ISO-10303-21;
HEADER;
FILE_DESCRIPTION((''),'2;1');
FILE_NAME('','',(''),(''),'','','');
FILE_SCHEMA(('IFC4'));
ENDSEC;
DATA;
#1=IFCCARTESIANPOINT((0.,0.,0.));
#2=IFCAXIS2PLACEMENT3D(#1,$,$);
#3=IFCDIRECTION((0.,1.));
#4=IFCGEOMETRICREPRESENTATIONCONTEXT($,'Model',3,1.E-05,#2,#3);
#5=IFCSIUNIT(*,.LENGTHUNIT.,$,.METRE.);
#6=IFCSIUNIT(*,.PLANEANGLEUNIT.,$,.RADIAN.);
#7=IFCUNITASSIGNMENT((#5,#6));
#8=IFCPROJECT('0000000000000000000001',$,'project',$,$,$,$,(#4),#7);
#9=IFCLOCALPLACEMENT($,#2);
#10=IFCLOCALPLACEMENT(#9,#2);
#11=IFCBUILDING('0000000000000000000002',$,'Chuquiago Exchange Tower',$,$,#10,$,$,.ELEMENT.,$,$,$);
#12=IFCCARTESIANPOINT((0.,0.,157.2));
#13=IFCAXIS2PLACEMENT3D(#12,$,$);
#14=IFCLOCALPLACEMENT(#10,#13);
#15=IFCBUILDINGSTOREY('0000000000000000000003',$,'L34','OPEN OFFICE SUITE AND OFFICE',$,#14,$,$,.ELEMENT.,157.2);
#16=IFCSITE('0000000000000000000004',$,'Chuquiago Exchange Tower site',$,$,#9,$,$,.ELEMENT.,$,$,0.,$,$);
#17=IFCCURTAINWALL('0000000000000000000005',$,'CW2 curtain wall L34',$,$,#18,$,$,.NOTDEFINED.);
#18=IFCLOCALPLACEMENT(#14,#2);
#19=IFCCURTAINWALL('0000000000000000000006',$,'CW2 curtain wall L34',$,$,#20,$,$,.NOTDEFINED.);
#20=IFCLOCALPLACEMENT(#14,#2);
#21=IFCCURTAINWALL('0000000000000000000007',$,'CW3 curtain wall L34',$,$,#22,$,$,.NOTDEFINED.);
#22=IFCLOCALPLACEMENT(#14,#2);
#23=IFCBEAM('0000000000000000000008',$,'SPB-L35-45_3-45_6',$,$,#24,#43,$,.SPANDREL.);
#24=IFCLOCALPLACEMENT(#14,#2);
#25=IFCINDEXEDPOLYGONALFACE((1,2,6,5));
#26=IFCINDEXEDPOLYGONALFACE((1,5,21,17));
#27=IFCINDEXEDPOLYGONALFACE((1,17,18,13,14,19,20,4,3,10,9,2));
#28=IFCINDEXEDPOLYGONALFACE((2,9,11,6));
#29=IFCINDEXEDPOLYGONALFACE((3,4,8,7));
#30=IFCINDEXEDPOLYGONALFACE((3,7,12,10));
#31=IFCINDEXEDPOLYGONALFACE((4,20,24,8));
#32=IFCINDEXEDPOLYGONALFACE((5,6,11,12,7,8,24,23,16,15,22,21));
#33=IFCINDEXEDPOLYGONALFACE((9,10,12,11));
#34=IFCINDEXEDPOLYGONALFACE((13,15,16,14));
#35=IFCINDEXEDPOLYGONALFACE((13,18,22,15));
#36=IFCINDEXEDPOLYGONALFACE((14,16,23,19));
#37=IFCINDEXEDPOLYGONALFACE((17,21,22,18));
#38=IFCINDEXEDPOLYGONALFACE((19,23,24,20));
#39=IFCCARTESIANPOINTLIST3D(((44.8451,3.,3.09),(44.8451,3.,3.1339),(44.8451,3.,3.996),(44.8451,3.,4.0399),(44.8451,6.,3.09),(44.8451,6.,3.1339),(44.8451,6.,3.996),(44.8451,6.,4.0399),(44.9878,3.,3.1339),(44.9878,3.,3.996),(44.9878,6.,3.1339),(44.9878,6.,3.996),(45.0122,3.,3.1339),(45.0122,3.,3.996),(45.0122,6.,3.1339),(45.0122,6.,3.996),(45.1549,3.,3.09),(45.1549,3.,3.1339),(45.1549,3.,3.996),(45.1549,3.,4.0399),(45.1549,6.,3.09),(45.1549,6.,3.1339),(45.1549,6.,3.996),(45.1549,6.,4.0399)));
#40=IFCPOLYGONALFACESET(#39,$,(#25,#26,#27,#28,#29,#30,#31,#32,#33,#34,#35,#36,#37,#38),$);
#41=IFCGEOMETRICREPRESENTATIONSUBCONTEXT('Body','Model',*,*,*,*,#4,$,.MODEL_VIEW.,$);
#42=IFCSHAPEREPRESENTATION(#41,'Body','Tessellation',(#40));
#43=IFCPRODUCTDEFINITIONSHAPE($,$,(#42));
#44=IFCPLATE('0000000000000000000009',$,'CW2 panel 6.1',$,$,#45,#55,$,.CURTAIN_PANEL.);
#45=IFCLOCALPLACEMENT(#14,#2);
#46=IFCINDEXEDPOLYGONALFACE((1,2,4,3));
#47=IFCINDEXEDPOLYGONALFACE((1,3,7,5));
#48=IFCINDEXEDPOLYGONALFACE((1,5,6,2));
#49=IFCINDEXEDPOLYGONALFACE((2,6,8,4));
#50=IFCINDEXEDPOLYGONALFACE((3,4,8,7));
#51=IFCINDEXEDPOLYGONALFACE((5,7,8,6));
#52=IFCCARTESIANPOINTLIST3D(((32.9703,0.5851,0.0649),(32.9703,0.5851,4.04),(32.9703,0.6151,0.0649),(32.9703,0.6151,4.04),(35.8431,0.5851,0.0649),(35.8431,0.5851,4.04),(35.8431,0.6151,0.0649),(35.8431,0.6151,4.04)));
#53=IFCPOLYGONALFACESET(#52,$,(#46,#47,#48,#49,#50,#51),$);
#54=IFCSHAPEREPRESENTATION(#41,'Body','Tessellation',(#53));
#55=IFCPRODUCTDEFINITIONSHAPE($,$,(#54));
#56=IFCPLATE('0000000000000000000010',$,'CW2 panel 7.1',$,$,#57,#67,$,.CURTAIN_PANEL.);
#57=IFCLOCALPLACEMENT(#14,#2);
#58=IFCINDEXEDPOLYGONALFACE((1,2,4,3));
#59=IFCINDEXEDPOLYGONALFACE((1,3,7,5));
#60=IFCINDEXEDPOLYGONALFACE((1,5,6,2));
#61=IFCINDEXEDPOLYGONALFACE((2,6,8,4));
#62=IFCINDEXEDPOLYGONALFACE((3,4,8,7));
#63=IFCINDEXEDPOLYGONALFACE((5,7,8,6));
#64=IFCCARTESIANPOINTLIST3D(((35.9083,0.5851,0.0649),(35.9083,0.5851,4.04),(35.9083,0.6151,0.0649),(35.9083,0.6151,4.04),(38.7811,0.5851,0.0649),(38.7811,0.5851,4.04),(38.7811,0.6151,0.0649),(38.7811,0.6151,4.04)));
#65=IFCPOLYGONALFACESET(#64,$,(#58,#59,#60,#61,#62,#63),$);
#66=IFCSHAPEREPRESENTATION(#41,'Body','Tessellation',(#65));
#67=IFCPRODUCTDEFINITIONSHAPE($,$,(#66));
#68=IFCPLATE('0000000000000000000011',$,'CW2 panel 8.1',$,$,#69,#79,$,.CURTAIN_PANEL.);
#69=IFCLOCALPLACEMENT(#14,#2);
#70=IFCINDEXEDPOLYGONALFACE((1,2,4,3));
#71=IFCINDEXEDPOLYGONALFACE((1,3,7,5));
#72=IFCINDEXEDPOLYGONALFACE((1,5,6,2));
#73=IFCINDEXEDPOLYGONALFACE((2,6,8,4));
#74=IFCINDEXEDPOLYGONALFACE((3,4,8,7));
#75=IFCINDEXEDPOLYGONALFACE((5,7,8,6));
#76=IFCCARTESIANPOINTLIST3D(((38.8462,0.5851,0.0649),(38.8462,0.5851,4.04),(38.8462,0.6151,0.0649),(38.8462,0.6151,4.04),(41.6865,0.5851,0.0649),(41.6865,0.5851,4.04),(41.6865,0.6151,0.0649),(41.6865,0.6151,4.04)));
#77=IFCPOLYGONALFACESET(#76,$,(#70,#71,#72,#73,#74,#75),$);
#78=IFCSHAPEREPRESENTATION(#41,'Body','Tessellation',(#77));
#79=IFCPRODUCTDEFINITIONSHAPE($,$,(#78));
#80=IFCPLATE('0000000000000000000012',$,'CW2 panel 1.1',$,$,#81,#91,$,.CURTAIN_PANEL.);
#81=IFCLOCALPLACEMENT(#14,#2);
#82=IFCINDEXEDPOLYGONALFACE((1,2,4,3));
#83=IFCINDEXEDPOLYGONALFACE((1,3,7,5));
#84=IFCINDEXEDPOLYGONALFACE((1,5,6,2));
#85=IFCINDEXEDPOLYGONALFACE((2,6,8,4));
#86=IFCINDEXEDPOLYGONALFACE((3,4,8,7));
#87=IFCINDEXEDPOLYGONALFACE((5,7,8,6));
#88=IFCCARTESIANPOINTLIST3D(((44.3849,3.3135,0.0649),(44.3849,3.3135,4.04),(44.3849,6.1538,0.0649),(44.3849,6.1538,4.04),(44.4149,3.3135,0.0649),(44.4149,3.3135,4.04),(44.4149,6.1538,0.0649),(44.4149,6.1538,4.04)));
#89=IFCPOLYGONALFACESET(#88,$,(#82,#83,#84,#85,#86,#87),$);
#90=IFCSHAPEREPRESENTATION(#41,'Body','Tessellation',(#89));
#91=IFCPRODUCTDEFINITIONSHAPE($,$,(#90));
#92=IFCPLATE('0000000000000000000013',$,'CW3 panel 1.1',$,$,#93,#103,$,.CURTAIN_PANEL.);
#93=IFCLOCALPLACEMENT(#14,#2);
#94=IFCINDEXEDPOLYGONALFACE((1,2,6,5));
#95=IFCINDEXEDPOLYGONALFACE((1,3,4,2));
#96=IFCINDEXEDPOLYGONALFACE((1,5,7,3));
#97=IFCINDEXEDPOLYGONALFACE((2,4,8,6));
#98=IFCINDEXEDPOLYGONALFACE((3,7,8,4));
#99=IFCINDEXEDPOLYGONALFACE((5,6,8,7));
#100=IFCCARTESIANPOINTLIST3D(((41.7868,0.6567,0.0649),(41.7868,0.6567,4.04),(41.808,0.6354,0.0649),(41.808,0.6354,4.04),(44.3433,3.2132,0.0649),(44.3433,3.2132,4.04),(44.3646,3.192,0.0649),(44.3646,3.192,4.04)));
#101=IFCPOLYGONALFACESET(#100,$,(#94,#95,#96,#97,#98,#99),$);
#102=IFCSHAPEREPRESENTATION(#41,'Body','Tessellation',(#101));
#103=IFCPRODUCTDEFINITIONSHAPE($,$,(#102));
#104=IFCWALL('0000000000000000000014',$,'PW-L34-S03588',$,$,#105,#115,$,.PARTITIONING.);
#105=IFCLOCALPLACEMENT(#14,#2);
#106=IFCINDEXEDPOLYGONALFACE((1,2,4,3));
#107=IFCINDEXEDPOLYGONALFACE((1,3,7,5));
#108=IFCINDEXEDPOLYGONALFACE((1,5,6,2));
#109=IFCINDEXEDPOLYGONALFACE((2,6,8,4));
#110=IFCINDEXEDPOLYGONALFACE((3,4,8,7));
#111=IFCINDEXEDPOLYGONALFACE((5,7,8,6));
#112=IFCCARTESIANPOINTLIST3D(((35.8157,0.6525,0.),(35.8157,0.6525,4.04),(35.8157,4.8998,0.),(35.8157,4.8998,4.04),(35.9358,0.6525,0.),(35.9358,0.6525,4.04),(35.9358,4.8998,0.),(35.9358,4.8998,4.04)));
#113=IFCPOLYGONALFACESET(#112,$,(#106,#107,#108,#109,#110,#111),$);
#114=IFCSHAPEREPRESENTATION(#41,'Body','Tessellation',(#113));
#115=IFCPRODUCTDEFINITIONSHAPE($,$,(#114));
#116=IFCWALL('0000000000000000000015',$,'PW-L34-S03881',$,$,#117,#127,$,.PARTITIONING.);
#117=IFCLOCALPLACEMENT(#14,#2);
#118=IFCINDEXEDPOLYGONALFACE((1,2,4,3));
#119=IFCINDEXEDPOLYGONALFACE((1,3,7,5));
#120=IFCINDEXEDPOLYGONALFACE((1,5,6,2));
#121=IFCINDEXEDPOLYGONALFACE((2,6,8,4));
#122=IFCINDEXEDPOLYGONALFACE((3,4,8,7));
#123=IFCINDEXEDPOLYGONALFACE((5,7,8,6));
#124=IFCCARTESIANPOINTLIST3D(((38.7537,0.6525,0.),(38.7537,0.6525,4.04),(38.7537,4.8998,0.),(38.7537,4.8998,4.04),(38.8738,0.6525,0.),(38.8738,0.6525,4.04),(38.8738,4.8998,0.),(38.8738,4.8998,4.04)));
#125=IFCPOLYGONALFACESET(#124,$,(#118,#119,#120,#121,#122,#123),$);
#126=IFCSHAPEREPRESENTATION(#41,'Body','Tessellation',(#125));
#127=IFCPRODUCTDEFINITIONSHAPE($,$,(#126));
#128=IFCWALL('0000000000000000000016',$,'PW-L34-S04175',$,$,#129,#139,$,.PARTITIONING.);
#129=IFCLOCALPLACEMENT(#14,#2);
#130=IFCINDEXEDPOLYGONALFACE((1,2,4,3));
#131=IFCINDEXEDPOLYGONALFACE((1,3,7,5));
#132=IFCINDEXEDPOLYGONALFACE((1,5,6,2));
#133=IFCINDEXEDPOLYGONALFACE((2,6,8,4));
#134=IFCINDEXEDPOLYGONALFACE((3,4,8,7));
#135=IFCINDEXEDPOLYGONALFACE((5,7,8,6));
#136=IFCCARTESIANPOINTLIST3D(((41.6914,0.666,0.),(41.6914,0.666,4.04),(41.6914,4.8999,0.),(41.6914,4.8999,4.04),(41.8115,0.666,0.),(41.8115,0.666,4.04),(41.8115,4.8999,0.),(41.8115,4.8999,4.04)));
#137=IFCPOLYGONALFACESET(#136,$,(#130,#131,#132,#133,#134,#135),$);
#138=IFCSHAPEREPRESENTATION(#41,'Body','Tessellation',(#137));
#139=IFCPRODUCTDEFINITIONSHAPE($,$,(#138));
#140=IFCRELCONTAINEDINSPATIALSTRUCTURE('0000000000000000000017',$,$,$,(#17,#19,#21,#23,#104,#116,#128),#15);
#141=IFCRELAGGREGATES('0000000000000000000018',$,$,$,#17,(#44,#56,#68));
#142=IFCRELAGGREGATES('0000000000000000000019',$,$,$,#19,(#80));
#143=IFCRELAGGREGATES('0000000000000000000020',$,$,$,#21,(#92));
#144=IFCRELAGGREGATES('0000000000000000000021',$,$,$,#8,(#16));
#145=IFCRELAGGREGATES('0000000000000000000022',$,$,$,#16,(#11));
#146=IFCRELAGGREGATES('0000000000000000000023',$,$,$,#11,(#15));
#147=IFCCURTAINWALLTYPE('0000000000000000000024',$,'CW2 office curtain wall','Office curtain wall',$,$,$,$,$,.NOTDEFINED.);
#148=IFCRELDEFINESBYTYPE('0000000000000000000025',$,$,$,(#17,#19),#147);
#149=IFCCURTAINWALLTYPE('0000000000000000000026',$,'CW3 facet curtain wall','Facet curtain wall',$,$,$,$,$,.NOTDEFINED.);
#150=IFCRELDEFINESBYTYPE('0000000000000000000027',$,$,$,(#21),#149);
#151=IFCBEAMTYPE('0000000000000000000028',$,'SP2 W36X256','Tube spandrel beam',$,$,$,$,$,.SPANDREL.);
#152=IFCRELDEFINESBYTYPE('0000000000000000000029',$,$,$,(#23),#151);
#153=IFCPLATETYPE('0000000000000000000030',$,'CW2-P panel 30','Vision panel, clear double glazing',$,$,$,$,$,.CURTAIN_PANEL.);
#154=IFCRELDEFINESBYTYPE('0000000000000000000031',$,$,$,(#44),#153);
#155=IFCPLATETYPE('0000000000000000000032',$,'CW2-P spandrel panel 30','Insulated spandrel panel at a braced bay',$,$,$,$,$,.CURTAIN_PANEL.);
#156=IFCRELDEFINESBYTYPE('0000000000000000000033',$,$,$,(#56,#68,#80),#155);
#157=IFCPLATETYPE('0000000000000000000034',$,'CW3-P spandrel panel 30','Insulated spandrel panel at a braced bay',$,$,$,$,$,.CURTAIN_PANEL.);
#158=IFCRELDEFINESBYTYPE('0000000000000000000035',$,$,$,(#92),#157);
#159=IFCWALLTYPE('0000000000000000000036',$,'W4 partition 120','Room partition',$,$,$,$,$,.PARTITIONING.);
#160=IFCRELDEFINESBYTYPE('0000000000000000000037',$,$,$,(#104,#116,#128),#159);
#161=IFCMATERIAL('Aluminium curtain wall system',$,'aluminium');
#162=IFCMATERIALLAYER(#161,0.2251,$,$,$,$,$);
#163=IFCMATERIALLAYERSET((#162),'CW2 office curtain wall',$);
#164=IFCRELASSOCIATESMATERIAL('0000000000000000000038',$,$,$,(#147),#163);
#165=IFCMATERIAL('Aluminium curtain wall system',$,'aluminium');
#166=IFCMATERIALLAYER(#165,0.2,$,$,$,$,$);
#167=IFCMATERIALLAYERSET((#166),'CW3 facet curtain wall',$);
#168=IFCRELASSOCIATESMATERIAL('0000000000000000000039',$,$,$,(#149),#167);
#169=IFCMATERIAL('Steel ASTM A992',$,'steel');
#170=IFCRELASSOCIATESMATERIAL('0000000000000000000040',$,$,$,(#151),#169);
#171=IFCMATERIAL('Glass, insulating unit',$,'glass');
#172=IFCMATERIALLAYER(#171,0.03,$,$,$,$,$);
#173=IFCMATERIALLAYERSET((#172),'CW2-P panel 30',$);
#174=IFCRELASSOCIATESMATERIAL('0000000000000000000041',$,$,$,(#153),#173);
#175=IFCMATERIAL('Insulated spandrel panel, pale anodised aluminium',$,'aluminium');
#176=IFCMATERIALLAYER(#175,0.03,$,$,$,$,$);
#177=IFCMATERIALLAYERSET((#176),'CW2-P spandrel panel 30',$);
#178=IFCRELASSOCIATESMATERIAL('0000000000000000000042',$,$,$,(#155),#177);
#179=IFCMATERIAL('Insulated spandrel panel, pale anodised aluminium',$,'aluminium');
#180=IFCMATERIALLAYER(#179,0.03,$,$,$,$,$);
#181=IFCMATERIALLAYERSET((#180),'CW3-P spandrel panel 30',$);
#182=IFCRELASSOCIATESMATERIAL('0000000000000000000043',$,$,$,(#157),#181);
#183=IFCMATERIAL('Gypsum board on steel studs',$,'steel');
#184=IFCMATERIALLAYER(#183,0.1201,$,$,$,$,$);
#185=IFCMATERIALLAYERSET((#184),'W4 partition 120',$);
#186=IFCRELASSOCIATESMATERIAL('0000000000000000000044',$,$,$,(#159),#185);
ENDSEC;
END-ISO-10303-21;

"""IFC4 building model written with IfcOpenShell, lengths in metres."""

from ifc_helpers import new_model, si_unit, direction, frame, frame_2d, origin, origin_2d, place, context, subcontext, project, spatial, rectangle, i_section, extrude, material, layer, layer_set, material_profile, profile_set, type_object, element, aggregate, save


model = new_model("IFC4")

# Units and contexts
model_context = context("Model", 3, precision=1e-05, world=origin(), true_north=direction((0.0, 1.0)))
body_context = subcontext(model_context, "Body", "Model", "MODEL_VIEW")
ifc_project = project(units=[si_unit("LENGTHUNIT", "METRE"), si_unit("PLANEANGLEUNIT", "RADIAN")], contexts=[model_context])

# Site, building, storey
site_placement = place(None, origin())
site = spatial("IfcSite", under=ifc_project, at=site_placement, Name="Chuquiago Exchange Tower site", CompositionType="ELEMENT", RefElevation=0.0)
building_placement = place(site_placement, origin())
building = spatial("IfcBuilding", under=site, at=building_placement, Name="Chuquiago Exchange Tower", CompositionType="ELEMENT")
storey_placement = place(building_placement, frame((0.0, 0.0, 157.2)))
storey = spatial("IfcBuildingStorey", under=building, at=storey_placement, Name="L34", Description="OPEN OFFICE SUITE AND OFFICE", CompositionType="ELEMENT", Elevation=157.2)

# Curtain wall
ifc_material_1 = material(Name="Aluminium curtain wall system", Category="aluminium")
ifc_layer_1 = layer(ifc_material_1, 0.2251)
ifc_layer_set_1 = layer_set([ifc_layer_1], Name="CW2 office curtain wall")
curtain_wall_type_1 = type_object("IfcCurtainWallType", Name="CW2 office curtain wall", Description="Office curtain wall", PredefinedType="NOTDEFINED", material=ifc_layer_set_1)
curtain_wall_1_placement = place(storey_placement, origin())
curtain_wall_1 = element("IfcCurtainWall", 1, at=curtain_wall_1_placement, inside=storey, type_object=curtain_wall_type_1, Name="CW2 curtain wall L34", PredefinedType="NOTDEFINED")

# Curtain wall
curtain_wall_2_placement = place(storey_placement, origin())
curtain_wall_2 = element("IfcCurtainWall", 2, at=curtain_wall_2_placement, inside=storey, type_object=curtain_wall_type_1, Name="CW2 curtain wall L34", PredefinedType="NOTDEFINED")

# Curtain wall
ifc_material_2 = material(Name="Aluminium curtain wall system", Category="aluminium")
ifc_layer_2 = layer(ifc_material_2, 0.2)
ifc_layer_set_2 = layer_set([ifc_layer_2], Name="CW3 facet curtain wall")
curtain_wall_type_2 = type_object("IfcCurtainWallType", Name="CW3 facet curtain wall", Description="Facet curtain wall", PredefinedType="NOTDEFINED", material=ifc_layer_set_2)
curtain_wall_3_placement = place(storey_placement, origin())
curtain_wall_3 = element("IfcCurtainWall", 3, at=curtain_wall_3_placement, inside=storey, type_object=curtain_wall_type_2, Name="CW3 curtain wall L34", PredefinedType="NOTDEFINED")

# Beam
ifc_material_3 = material(Name="Steel ASTM A992", Category="steel")
ifc_material_profile_1 = material_profile(ifc_material_3, i_section(OverallWidth=0.3098, OverallDepth=0.95, WebThickness=0.0244, FlangeThickness=0.0439, at=origin_2d()), Name="W36X256")
ifc_profile_set_1 = profile_set([ifc_material_profile_1], Name="Steel ASTM A992")
beam_type = type_object("IfcBeamType", Name="SP2 W36X256", Description="Tube spandrel beam", PredefinedType="SPANDREL", material=ifc_profile_set_1)
beam_1_placement = place(storey_placement, frame((45.0, 3.0, 3.5649), z_axis=(0.0, 1.0, 0.0), x_axis=(-1.0, 0.0, 0.0)))
element("IfcBeam", 4, at=beam_1_placement, inside=storey, type_object=beam_type, Name="SPB-L35-45_3-45_6", PredefinedType="SPANDREL", context=body_context, shape_type="SweptSolid", body=[
    extrude(i_section(OverallWidth=0.3098, OverallDepth=0.95, WebThickness=0.0244, FlangeThickness=0.0439, at=origin_2d()), origin(), (0.0, 0.0, 1.0), 3.0),
])

# Plates
ifc_material_4 = material(Name="Glass, insulating unit", Category="glass")
ifc_layer_3 = layer(ifc_material_4, 0.03)
ifc_layer_set_3 = layer_set([ifc_layer_3], Name="CW2-P panel 30")
plate_type_1 = type_object("IfcPlateType", Name="CW2-P panel 30", Description="Vision panel, clear double glazing", PredefinedType="CURTAIN_PANEL", material=ifc_layer_set_3)
plate_1_placement = place(storey_placement, frame((34.4067, 0.6001, 0.0649), z_axis=(0.0, 0.0, 1.0), x_axis=(1.0, 0.0, 0.0)))
plate_1 = element("IfcPlate", 5, at=plate_1_placement, type_object=plate_type_1, Name="CW2 panel 6.1", PredefinedType="CURTAIN_PANEL", context=body_context, shape_type="SweptSolid", body=[
    extrude(rectangle(XDim=2.8728, YDim=0.03, at=origin_2d()), origin(), (0.0, 0.0, 1.0), 3.9751),
])
ifc_material_5 = material(Name="Insulated spandrel panel, pale anodised aluminium", Category="aluminium")
ifc_layer_4 = layer(ifc_material_5, 0.03)
ifc_layer_set_4 = layer_set([ifc_layer_4], Name="CW2-P spandrel panel 30")
plate_type_2 = type_object("IfcPlateType", Name="CW2-P spandrel panel 30", Description="Insulated spandrel panel at a braced bay", PredefinedType="CURTAIN_PANEL", material=ifc_layer_set_4)
plate_2_placement = place(storey_placement, frame((37.3447, 0.6001, 0.0649), z_axis=(0.0, 0.0, 1.0), x_axis=(1.0, 0.0, 0.0)))
plate_2 = element("IfcPlate", 6, at=plate_2_placement, type_object=plate_type_2, Name="CW2 panel 7.1", PredefinedType="CURTAIN_PANEL", context=body_context, shape_type="SweptSolid", body=[
    extrude(rectangle(XDim=2.8728, YDim=0.03, at=origin_2d()), origin(), (0.0, 0.0, 1.0), 3.9751),
])
plate_3_placement = place(storey_placement, frame((40.2664, 0.6001, 0.0649), z_axis=(0.0, 0.0, 1.0), x_axis=(1.0, 0.0, 0.0)))
plate_3 = element("IfcPlate", 7, at=plate_3_placement, type_object=plate_type_2, Name="CW2 panel 8.1", PredefinedType="CURTAIN_PANEL", context=body_context, shape_type="SweptSolid", body=[
    extrude(rectangle(XDim=2.8403, YDim=0.03, at=origin_2d()), origin(), (0.0, 0.0, 1.0), 3.9751),
])
aggregate(curtain_wall_1, [plate_1, plate_2, plate_3])
plate_4_placement = place(storey_placement, frame((44.3999, 4.7336, 0.0649), z_axis=(0.0, 0.0, 1.0), x_axis=(0.0, 1.0, 0.0)))
plate_4 = element("IfcPlate", 8, at=plate_4_placement, type_object=plate_type_2, Name="CW2 panel 1.1", PredefinedType="CURTAIN_PANEL", context=body_context, shape_type="SweptSolid", body=[
    extrude(rectangle(XDim=2.8403, YDim=0.03, at=origin_2d()), origin(), (0.0, 0.0, 1.0), 3.9751),
])
aggregate(curtain_wall_2, [plate_4])
ifc_material_6 = material(Name="Insulated spandrel panel, pale anodised aluminium", Category="aluminium")
ifc_layer_5 = layer(ifc_material_6, 0.03)
ifc_layer_set_5 = layer_set([ifc_layer_5], Name="CW3-P spandrel panel 30")
plate_type_3 = type_object("IfcPlateType", Name="CW3-P spandrel panel 30", Description="Insulated spandrel panel at a braced bay", PredefinedType="CURTAIN_PANEL", material=ifc_layer_set_5)
plate_5_placement = place(storey_placement, frame((43.0757, 1.9243, 0.0649), z_axis=(0.0, 0.0, 1.0), x_axis=(0.707107, 0.707107, 0.0)))
plate_5 = element("IfcPlate", 9, at=plate_5_placement, type_object=plate_type_3, Name="CW3 panel 1.1", PredefinedType="CURTAIN_PANEL", context=body_context, shape_type="SweptSolid", body=[
    extrude(rectangle(XDim=3.6155, YDim=0.03, at=origin_2d()), origin(), (0.0, 0.0, 1.0), 3.9751),
])
aggregate(curtain_wall_3, [plate_5])

# Walls
ifc_material_7 = material(Name="Gypsum board on steel studs", Category="steel")
ifc_layer_6 = layer(ifc_material_7, 0.1201)
ifc_layer_set_6 = layer_set([ifc_layer_6], Name="W4 partition 120")
wall_type = type_object("IfcWallType", Name="W4 partition 120", Description="Room partition", PredefinedType="PARTITIONING", material=ifc_layer_set_6)
for number, where, z_axis, x_axis, name in (
    (10, (35.8757, 0.6526, 0.0), (0.0, 0.0, 1.0), (0.0, 1.0, 0.0), "PW-L34-S03588"),
    (11, (38.8137, 0.6526, 0.0), (0.0, 0.0, 1.0), (0.0, 1.0, 0.0), "PW-L34-S03881"),
):
    element("IfcWall", number, at=place(storey_placement, frame(where, z_axis=z_axis, x_axis=x_axis)), inside=storey, type_object=wall_type, Name=name, PredefinedType="PARTITIONING", context=body_context, shape_type="SweptSolid", body=[
        extrude(rectangle(XDim=4.2473, YDim=0.1201, at=frame_2d((2.1235, 0.0))), origin(), (0.0, 0.0, 1.0), 4.04),
    ])
wall_1_placement = place(storey_placement, frame((41.7515, 0.666, 0.0), z_axis=(0.0, 0.0, 1.0), x_axis=(0.0, 1.0, 0.0)))
element("IfcWall", 12, at=wall_1_placement, inside=storey, type_object=wall_type, Name="PW-L34-S04175", PredefinedType="PARTITIONING", context=body_context, shape_type="SweptSolid", body=[
    extrude(rectangle(XDim=4.2339, YDim=0.1201, at=frame_2d((2.1169, 0.0))), origin(), (0.0, 0.0, 1.0), 4.04),
])

save(model, "model.ifc")
